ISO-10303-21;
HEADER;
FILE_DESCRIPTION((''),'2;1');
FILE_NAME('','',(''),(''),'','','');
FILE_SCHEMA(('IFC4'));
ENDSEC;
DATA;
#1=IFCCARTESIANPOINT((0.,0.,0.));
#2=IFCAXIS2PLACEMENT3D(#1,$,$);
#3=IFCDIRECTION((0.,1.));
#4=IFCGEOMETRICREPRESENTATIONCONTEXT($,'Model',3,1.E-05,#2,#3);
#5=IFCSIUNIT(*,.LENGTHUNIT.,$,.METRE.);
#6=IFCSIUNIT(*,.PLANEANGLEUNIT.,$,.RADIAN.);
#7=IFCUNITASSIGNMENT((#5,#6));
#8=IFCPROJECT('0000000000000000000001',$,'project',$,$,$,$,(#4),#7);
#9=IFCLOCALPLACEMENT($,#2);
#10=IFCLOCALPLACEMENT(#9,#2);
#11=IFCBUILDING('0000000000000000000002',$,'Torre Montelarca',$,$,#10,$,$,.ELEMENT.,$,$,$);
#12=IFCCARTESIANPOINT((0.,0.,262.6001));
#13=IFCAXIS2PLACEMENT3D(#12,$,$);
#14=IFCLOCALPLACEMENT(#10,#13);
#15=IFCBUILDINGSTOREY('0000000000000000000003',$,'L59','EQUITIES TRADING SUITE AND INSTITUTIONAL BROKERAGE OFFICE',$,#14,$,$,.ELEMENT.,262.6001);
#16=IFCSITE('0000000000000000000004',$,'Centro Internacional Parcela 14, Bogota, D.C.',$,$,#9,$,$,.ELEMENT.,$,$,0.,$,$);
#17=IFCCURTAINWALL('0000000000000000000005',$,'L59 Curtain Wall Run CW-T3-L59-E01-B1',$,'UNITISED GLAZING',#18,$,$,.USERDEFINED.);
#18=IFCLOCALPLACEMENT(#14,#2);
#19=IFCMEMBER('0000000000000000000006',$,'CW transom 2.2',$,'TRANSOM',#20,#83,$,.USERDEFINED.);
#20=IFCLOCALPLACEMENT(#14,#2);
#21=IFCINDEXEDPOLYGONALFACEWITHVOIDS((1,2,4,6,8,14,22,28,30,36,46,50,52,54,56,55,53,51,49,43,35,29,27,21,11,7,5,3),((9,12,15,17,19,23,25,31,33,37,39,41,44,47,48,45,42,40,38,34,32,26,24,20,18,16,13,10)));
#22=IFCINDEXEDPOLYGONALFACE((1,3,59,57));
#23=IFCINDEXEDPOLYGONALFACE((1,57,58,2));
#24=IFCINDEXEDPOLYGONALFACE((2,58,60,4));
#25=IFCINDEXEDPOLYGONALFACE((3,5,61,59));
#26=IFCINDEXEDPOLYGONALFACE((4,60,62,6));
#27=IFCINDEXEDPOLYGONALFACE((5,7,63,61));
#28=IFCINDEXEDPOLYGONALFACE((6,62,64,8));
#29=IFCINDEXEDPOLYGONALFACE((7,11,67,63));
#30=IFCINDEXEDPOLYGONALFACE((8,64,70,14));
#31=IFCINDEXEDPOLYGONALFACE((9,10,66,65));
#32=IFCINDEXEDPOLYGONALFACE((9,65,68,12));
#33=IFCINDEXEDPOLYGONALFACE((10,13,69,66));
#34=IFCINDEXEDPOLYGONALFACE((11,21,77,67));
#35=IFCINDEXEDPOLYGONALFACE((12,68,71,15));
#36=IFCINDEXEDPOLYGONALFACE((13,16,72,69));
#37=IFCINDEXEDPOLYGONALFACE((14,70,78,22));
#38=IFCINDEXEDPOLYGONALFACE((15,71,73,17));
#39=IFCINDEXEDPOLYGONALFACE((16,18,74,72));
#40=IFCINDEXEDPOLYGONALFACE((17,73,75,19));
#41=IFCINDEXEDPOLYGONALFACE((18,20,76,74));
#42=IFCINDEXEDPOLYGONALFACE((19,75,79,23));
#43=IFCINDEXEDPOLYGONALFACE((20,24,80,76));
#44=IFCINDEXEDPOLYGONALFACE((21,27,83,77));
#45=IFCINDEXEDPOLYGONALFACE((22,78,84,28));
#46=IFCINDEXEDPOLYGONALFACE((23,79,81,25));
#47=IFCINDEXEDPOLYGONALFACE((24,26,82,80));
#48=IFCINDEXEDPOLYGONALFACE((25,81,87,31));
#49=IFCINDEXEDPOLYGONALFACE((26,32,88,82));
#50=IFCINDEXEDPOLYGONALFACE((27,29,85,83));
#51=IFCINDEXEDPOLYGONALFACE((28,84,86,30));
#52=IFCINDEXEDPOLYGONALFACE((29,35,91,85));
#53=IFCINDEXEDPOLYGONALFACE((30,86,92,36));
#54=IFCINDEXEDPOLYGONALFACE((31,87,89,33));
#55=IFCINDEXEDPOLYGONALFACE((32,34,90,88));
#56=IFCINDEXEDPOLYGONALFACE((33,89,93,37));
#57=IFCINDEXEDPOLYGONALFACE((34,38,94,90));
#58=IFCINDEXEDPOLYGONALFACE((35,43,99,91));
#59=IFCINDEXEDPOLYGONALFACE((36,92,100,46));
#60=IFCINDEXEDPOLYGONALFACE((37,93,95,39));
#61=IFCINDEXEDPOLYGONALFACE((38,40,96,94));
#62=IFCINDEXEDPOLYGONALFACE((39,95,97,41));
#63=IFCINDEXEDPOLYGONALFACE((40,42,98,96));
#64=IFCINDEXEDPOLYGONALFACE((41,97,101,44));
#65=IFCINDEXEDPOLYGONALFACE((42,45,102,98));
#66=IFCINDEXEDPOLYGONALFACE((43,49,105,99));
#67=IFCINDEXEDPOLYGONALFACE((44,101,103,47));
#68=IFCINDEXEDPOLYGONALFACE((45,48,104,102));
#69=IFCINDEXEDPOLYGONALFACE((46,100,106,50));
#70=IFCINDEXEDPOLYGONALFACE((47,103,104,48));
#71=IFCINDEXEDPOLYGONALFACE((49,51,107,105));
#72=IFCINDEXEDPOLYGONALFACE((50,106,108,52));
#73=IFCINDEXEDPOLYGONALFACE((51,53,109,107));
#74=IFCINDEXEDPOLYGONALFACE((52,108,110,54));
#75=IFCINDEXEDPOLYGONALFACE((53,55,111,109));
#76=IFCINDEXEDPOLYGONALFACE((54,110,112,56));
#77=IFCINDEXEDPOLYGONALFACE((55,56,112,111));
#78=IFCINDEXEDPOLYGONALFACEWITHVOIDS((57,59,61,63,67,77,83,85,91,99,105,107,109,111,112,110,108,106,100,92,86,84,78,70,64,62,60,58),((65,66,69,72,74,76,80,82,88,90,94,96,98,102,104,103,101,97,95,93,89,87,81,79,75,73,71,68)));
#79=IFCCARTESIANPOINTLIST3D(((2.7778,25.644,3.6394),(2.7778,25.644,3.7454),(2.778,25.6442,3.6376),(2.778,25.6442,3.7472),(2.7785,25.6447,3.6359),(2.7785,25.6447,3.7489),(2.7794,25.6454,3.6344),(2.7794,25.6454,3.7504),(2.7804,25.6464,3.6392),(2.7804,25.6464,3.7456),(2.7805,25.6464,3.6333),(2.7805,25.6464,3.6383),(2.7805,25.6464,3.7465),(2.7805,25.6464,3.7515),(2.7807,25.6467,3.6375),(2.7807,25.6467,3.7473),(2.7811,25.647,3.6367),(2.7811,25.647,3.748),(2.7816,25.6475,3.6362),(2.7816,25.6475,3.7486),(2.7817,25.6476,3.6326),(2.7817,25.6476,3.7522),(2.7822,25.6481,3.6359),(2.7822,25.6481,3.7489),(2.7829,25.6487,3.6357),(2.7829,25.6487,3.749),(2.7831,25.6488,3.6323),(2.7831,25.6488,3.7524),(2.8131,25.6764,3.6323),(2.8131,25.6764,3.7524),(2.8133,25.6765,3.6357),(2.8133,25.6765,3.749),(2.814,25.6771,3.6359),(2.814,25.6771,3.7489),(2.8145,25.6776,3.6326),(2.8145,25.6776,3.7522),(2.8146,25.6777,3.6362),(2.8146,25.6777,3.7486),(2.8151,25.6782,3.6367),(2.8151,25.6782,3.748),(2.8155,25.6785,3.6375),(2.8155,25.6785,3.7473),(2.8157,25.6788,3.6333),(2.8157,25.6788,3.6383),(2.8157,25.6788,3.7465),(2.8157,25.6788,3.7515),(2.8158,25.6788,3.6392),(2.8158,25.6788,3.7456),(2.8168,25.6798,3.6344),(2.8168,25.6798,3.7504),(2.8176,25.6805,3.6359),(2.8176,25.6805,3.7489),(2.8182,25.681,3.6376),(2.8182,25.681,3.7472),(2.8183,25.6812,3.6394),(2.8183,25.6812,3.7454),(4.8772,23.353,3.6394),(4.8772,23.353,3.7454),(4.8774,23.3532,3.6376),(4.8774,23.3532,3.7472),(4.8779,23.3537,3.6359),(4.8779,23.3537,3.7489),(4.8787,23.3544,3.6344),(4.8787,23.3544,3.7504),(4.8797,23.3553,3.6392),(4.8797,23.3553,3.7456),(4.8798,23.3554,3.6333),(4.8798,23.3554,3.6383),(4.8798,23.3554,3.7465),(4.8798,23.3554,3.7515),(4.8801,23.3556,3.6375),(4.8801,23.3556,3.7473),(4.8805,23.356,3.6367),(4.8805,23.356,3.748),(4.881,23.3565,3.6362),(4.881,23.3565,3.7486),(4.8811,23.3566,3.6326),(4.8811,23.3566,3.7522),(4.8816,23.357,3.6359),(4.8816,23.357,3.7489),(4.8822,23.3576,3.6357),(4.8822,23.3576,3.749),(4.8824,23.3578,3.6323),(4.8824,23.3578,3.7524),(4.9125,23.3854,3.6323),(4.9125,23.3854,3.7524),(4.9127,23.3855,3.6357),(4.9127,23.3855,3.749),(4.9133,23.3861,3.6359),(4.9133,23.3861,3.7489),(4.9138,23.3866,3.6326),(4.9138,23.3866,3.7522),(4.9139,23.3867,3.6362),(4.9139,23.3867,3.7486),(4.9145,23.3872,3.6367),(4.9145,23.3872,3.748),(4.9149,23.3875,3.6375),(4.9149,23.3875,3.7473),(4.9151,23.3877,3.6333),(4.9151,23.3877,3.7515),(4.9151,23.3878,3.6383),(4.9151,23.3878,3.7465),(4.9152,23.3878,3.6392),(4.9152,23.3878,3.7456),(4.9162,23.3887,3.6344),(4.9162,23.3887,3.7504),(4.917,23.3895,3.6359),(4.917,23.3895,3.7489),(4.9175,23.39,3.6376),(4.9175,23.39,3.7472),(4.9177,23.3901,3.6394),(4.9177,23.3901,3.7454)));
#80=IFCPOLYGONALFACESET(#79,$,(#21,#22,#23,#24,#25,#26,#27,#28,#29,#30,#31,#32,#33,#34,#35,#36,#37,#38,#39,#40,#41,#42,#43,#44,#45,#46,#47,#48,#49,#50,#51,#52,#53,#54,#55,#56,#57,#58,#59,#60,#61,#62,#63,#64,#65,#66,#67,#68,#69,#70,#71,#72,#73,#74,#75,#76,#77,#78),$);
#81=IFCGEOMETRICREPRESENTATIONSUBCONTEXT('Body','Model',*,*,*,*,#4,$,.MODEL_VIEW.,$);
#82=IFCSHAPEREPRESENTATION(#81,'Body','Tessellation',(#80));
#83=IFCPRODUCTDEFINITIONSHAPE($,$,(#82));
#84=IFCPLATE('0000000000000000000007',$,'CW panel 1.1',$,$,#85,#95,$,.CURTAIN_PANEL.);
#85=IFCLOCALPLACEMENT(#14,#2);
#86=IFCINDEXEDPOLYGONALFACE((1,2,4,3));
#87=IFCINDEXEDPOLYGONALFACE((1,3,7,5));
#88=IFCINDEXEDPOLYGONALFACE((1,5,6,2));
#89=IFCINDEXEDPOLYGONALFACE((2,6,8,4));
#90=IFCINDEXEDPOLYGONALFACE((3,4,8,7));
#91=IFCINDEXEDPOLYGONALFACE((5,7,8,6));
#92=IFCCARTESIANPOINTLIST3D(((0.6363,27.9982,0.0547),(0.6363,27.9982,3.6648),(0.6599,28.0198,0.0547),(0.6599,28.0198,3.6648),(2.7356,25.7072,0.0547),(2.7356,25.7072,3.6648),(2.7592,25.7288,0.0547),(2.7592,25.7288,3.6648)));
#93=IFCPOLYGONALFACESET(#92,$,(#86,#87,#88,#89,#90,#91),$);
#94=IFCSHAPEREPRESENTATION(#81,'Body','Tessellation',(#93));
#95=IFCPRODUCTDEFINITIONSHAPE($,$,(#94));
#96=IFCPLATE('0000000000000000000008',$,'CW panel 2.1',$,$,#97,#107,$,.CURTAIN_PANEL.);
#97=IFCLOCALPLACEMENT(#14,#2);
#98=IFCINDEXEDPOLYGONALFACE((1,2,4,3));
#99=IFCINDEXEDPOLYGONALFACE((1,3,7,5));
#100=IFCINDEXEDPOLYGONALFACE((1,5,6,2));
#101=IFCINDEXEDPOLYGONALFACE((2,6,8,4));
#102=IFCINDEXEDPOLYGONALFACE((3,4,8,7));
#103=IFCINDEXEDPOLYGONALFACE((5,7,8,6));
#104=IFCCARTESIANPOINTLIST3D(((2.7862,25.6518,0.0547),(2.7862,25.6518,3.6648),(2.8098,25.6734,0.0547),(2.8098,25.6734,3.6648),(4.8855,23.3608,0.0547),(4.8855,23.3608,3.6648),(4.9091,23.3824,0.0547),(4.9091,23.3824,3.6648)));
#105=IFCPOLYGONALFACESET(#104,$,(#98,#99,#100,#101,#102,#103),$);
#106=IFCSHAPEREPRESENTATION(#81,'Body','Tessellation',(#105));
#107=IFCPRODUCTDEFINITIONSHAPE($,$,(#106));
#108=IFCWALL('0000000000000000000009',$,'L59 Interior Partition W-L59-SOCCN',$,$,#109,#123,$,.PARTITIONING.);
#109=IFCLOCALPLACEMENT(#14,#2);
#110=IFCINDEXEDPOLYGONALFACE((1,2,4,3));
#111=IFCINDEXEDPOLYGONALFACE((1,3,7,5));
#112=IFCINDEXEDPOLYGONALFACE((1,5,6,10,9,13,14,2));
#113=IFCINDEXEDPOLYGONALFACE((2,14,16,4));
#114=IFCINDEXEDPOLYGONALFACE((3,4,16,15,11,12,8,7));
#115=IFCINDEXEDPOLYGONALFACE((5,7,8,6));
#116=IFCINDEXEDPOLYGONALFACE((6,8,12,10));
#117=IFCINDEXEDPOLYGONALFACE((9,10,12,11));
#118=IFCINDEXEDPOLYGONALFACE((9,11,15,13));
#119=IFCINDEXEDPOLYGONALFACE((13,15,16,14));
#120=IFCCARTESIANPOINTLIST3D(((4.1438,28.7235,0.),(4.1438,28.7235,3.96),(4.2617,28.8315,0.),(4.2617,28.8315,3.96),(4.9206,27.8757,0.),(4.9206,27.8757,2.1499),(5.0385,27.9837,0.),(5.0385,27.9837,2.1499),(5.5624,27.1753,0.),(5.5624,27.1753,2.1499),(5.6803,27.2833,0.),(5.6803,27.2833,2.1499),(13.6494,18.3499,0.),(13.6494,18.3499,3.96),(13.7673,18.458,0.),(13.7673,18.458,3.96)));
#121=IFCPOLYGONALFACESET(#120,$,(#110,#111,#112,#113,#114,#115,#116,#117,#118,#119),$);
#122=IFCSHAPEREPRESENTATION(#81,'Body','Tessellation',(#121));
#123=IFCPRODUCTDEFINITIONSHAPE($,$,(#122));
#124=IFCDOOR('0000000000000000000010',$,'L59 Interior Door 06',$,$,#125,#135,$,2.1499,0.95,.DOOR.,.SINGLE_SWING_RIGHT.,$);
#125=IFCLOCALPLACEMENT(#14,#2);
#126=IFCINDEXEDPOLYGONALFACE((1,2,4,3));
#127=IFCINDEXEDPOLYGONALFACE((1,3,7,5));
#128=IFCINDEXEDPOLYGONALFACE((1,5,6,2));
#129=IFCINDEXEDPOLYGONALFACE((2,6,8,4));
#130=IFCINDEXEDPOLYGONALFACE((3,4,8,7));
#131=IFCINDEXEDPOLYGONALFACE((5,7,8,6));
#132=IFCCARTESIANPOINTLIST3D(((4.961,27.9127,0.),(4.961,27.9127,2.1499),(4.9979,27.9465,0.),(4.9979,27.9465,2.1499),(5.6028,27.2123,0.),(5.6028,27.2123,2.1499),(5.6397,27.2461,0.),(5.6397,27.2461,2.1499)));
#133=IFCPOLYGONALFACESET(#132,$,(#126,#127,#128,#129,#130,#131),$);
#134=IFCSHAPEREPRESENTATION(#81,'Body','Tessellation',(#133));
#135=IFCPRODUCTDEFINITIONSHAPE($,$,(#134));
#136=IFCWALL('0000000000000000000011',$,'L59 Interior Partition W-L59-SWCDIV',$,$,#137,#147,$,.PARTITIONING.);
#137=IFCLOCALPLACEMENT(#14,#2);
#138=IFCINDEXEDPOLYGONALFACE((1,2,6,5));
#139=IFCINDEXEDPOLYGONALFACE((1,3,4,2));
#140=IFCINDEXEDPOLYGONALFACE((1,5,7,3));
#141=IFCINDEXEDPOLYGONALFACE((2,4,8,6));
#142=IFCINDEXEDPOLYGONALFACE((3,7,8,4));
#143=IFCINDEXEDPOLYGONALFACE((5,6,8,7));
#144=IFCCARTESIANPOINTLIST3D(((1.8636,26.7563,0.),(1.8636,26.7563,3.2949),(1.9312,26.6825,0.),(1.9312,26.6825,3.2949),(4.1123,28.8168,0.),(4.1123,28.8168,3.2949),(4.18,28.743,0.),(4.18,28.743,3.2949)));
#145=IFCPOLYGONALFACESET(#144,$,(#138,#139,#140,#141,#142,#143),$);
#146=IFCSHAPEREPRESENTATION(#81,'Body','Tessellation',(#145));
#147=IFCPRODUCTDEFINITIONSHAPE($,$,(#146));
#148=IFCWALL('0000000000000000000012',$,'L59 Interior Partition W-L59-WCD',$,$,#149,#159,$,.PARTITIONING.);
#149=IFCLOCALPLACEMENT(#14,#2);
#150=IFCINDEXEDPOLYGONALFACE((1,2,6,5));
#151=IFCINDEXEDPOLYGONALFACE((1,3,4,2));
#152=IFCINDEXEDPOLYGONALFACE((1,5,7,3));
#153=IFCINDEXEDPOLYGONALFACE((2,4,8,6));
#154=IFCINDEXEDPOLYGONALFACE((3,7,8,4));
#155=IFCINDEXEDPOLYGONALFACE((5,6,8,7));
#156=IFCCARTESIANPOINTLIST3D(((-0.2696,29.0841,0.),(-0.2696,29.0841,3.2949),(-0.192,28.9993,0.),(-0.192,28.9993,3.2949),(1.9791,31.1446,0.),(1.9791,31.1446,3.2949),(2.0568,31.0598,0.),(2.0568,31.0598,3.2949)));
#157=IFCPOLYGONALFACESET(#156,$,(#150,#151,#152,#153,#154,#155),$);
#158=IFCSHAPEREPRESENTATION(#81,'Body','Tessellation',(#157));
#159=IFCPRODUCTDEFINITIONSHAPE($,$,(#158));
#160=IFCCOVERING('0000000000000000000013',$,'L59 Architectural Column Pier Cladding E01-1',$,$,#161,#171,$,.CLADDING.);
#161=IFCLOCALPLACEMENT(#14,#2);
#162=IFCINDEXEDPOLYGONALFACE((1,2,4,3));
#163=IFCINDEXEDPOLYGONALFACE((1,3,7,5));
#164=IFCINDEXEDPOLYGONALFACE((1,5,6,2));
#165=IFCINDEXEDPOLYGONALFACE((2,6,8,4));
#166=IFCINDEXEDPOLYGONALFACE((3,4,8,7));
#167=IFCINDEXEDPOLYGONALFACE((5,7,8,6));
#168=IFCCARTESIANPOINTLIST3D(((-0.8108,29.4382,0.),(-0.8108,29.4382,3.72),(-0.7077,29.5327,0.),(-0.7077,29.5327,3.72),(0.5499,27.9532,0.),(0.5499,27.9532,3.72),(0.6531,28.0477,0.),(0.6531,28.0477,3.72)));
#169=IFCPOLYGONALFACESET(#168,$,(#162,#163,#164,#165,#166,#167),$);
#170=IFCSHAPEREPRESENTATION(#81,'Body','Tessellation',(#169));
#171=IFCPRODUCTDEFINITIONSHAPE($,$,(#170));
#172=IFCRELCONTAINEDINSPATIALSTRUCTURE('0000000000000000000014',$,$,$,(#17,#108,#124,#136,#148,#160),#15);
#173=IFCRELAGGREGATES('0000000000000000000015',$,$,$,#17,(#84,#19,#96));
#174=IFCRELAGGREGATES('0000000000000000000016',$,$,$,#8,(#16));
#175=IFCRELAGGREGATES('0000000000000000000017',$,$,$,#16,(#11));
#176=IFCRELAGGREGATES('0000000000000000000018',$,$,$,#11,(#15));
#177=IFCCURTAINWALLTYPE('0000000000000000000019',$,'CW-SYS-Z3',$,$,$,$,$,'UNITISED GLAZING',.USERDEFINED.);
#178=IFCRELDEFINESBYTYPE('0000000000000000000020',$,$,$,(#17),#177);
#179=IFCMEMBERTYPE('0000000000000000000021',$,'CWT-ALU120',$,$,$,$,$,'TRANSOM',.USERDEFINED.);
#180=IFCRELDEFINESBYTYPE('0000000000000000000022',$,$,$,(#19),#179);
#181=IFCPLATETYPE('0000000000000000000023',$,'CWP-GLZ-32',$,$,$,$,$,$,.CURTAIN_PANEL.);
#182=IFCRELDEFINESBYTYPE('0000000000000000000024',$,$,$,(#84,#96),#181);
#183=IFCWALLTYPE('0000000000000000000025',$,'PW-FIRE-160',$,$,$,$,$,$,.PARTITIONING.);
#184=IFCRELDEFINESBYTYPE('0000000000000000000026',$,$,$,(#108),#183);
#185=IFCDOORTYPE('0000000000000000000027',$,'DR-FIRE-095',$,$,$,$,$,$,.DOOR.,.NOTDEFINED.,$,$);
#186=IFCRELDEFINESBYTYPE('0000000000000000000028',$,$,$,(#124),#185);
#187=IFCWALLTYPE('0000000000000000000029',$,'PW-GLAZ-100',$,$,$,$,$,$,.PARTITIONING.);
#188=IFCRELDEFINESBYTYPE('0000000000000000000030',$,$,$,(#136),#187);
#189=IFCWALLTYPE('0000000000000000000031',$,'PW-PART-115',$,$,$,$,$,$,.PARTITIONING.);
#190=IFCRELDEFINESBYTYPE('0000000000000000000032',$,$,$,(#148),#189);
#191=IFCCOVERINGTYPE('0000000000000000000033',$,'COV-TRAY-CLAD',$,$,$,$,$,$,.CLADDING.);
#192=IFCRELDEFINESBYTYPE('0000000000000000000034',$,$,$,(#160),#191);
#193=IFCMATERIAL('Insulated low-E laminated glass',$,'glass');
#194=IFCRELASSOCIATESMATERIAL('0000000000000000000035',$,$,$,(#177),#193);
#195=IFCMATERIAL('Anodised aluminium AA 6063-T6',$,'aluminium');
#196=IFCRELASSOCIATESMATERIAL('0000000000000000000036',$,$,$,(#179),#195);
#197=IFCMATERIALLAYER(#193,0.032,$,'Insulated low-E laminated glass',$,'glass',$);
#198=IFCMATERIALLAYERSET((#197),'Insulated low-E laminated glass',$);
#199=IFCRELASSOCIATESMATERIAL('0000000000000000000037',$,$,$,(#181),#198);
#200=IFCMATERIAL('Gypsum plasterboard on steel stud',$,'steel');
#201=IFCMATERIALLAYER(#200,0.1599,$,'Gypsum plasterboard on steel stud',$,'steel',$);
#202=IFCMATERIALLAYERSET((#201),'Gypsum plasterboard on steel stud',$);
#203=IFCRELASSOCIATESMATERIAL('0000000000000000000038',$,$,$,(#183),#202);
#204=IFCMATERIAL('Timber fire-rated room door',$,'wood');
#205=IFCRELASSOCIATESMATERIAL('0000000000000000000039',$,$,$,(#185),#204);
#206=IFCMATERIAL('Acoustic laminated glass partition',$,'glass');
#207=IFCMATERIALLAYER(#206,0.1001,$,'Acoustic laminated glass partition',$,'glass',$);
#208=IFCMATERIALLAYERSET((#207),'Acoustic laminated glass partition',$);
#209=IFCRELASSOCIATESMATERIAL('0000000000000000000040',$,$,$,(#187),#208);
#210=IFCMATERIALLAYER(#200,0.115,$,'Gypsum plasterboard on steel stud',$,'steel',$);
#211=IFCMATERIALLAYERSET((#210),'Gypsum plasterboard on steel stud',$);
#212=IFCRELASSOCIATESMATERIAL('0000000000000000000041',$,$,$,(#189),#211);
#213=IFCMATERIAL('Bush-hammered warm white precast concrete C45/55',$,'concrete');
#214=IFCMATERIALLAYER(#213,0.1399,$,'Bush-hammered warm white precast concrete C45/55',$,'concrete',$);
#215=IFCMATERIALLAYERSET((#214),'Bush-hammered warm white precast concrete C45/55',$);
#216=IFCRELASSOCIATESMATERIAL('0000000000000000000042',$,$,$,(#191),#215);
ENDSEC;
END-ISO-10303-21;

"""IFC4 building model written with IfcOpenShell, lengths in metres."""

from ifc_helpers import new_model, si_unit, direction, frame, frame_2d, origin, origin_2d, place, context, subcontext, project, spatial, rectangle, hollow_rectangle, extrude, source, transform, mapped, material, layer, layer_set, material_profile, profile_set, type_object, element, fill, aggregate, save


model = new_model("IFC4")

# Units and contexts
model_context = context("Model", 3, precision=1e-05, world=origin(), true_north=direction((0.0, 1.0)))
body_context = subcontext(model_context, "Body", "Model", "MODEL_VIEW")
ifc_project = project(units=[si_unit("LENGTHUNIT", "METRE"), si_unit("PLANEANGLEUNIT", "RADIAN")], contexts=[model_context])

# Site, building, storey
site_placement = place(None, origin())
site = spatial("IfcSite", under=ifc_project, at=site_placement, Name="Centro Internacional Parcela 14, Bogota, D.C.", CompositionType="ELEMENT", RefElevation=0.0)
building_placement = place(site_placement, origin())
building = spatial("IfcBuilding", under=site, at=building_placement, Name="Torre Montelarca", CompositionType="ELEMENT")
storey_placement = place(building_placement, frame((0.0, 0.0, 262.6001)))
storey = spatial("IfcBuildingStorey", under=building, at=storey_placement, Name="L59", Description="EQUITIES TRADING SUITE AND INSTITUTIONAL BROKERAGE OFFICE", CompositionType="ELEMENT", Elevation=262.6001)

# Curtain wall, member, plates
ifc_material_1 = material(Name="Insulated low-E laminated glass", Category="glass")
curtain_wall_type = type_object("IfcCurtainWallType", Name="CW-SYS-Z3", ElementType="UNITISED GLAZING", PredefinedType="USERDEFINED", material=ifc_material_1)
curtain_wall_placement = place(storey_placement, origin())
curtain_wall = element("IfcCurtainWall", 1, at=curtain_wall_placement, inside=storey, type_object=curtain_wall_type, Name="L59 Curtain Wall Run CW-T3-L59-E01-B1", ObjectType="UNITISED GLAZING", PredefinedType="USERDEFINED")
ifc_material_2 = material(Name="Anodised aluminium AA 6063-T6", Category="aluminium")
ifc_material_profile_1 = material_profile(ifc_material_2, hollow_rectangle(XDim=0.0549, YDim=0.1201, WallThickness=0.0034, InnerFilletRadius=0.0034, OuterFilletRadius=0.0071, at=origin_2d()), Name="ALU55X120X3.5", Category="aluminium")
ifc_profile_set_1 = profile_set([ifc_material_profile_1], Name="Anodised aluminium AA 6063-T6")
member_type_1 = type_object("IfcMemberType", Name="CWT-ALU120", ElementType="TRANSOM", PredefinedType="USERDEFINED", material=ifc_profile_set_1)
shared_shape_1 = source(origin(), body_context, "Body", "SweptSolid", [
    extrude(hollow_rectangle(XDim=0.0549, YDim=0.1201, WallThickness=0.0034, InnerFilletRadius=0.0034, OuterFilletRadius=0.0071, at=origin_2d()), origin(), (0.0, 0.0, 1.0), 3.1074),
])
member_1_placement = place(storey_placement, frame((2.7981, 25.6626, 3.6924), z_axis=(0.675597, -0.737272, 0.0), x_axis=(0.737272, 0.675597, 0.0)))
member_1 = element("IfcMember", 2, at=member_1_placement, type_object=member_type_1, Name="CW transom 2.2", ObjectType="TRANSOM", PredefinedType="USERDEFINED", context=body_context, shape_type="MappedRepresentation", body=[
    mapped(shared_shape_1, transform((0.0, 0.0, 0.0), scale=1.0)),
])
ifc_layer_1 = layer(ifc_material_1, 0.032, Name="Insulated low-E laminated glass", Category="glass")
ifc_layer_set_1 = layer_set([ifc_layer_1], Name="Insulated low-E laminated glass")
plate_type = type_object("IfcPlateType", Name="CWP-GLZ-32", PredefinedType="CURTAIN_PANEL", material=ifc_layer_set_1)
shared_shape_2 = source(origin(), body_context, "Body", "SweptSolid", [
    extrude(rectangle(XDim=3.1074, YDim=0.032, at=origin_2d()), origin(), (0.0, 0.0, 1.0), 3.6101),
])
plate_1_placement = place(storey_placement, frame((1.6978, 26.8635, 0.0547), z_axis=(0.0, 0.0, 1.0), x_axis=(0.675588, -0.73728, 0.0)))
plate_1 = element("IfcPlate", 3, at=plate_1_placement, type_object=plate_type, Name="CW panel 1.1", PredefinedType="CURTAIN_PANEL", context=body_context, shape_type="MappedRepresentation", body=[
    mapped(shared_shape_2, transform((0.0, 0.0, 0.0), scale=1.0)),
])
plate_2_placement = place(storey_placement, frame((3.8477, 24.5171, 0.0547), z_axis=(0.0, 0.0, 1.0), x_axis=(0.675588, -0.73728, 0.0)))
plate_2 = element("IfcPlate", 4, at=plate_2_placement, type_object=plate_type, Name="CW panel 2.1", PredefinedType="CURTAIN_PANEL", context=body_context, shape_type="MappedRepresentation", body=[
    mapped(shared_shape_2, transform((0.0, 0.0, 0.0), scale=1.0)),
])
aggregate(curtain_wall, [plate_1, member_1, plate_2])

# Wall, opening, door
ifc_material_3 = material(Name="Gypsum plasterboard on steel stud", Category="steel")
ifc_layer_2 = layer(ifc_material_3, 0.1599, Name="Gypsum plasterboard on steel stud", Category="steel")
ifc_layer_set_2 = layer_set([ifc_layer_2], Name="Gypsum plasterboard on steel stud")
wall_type_1 = type_object("IfcWallType", Name="PW-FIRE-160", PredefinedType="PARTITIONING", material=ifc_layer_set_2)
wall_1_placement = place(storey_placement, frame((4.2026, 28.7776, 0.0), z_axis=(0.0, 0.0, 1.0), x_axis=(0.675591, -0.737277, 0.0)))
wall_1 = element("IfcWall", 5, at=wall_1_placement, inside=storey, type_object=wall_type_1, Name="L59 Interior Partition W-L59-SOCCN", PredefinedType="PARTITIONING", context=body_context, shape_type="SweptSolid", body=[
    extrude(rectangle(XDim=14.0701, YDim=0.1599, at=frame_2d((7.0352, 0.0))), origin(), (0.0, 0.0, 1.0), 3.96),
])
opening_placement = place(wall_1_placement, frame((1.1499, 0.0, 0.0)))
opening = element("IfcOpeningElement", 6, at=opening_placement, cuts=wall_1, PredefinedType="OPENING", context=body_context, shape_type="SweptSolid", body=[
    extrude(rectangle(XDim=0.95, YDim=2.1499, at=frame_2d((0.4751, 1.075))), frame((0.0, 0.0898, 0.0), z_axis=(0.0, -1.0, 0.0), x_axis=(1.0, 0.0, 0.0)), (0.0, 0.0, 1.0), 0.1799),
])
ifc_material_4 = material(Name="Timber fire-rated room door", Category="wood")
door_type = type_object("IfcDoorType", Name="DR-FIRE-095", OperationType="NOTDEFINED", PredefinedType="DOOR", material=ifc_material_4)
shared_shape_3 = source(origin(), body_context, "Body", "SweptSolid", [
    extrude(rectangle(XDim=0.95, YDim=2.1499, at=frame_2d((0.4751, 1.075))), frame((0.0, 0.0249, 0.0), z_axis=(0.0, -1.0, 0.0), x_axis=(1.0, 0.0, 0.0)), (0.0, 0.0, 1.0), 0.05),
])
door_placement = place(opening_placement, origin())
door = element("IfcDoor", 7, at=door_placement, inside=storey, type_object=door_type, Name="L59 Interior Door 06", OperationType="SINGLE_SWING_RIGHT", OverallHeight=2.1499, OverallWidth=0.95, PredefinedType="DOOR", context=body_context, shape_type="MappedRepresentation", body=[
    mapped(shared_shape_3, transform((0.0, 0.0, 0.0), scale=1.0)),
])
fill(opening, door)

# Walls
ifc_material_5 = material(Name="Acoustic laminated glass partition", Category="glass")
ifc_layer_3 = layer(ifc_material_5, 0.1001, Name="Acoustic laminated glass partition", Category="glass")
ifc_layer_set_3 = layer_set([ifc_layer_3], Name="Acoustic laminated glass partition")
wall_type_2 = type_object("IfcWallType", Name="PW-GLAZ-100", PredefinedType="PARTITIONING", material=ifc_layer_set_3)
wall_2_placement = place(storey_placement, frame((1.8975, 26.7195, 0.0), z_axis=(0.0, 0.0, 1.0), x_axis=(0.73729, 0.675576, 0.0)))
element("IfcWall", 8, at=wall_2_placement, inside=storey, type_object=wall_type_2, Name="L59 Interior Partition W-L59-SWCDIV", PredefinedType="PARTITIONING", context=body_context, shape_type="SweptSolid", body=[
    extrude(rectangle(XDim=3.05, YDim=0.1001, at=frame_2d((1.5249, 0.0))), origin(), (0.0, 0.0, 1.0), 3.2949),
])
ifc_layer_4 = layer(ifc_material_3, 0.115, Name="Gypsum plasterboard on steel stud", Category="steel")
ifc_layer_set_4 = layer_set([ifc_layer_4], Name="Gypsum plasterboard on steel stud")
wall_type_3 = type_object("IfcWallType", Name="PW-PART-115", PredefinedType="PARTITIONING", material=ifc_layer_set_4)
wall_3_placement = place(storey_placement, frame((-0.2307, 29.0417, 0.0), z_axis=(0.0, 0.0, 1.0), x_axis=(0.73729, 0.675576, 0.0)))
element("IfcWall", 9, at=wall_3_placement, inside=storey, type_object=wall_type_3, Name="L59 Interior Partition W-L59-WCD", PredefinedType="PARTITIONING", context=body_context, shape_type="SweptSolid", body=[
    extrude(rectangle(XDim=3.05, YDim=0.115, at=frame_2d((1.5249, 0.0))), origin(), (0.0, 0.0, 1.0), 3.2949),
])

# Covering
ifc_material_6 = material(Name="Bush-hammered warm white precast concrete C45/55", Category="concrete")
ifc_layer_5 = layer(ifc_material_6, 0.1399, Name="Bush-hammered warm white precast concrete C45/55", Category="concrete")
ifc_layer_set_5 = layer_set([ifc_layer_5], Name="Bush-hammered warm white precast concrete C45/55")
covering_type = type_object("IfcCoveringType", Name="COV-TRAY-CLAD", PredefinedType="CLADDING", material=ifc_layer_set_5)
shared_shape_4 = source(origin(), body_context, "Body", "SweptSolid", [
    extrude(rectangle(XDim=2.0142, YDim=0.1399, at=origin_2d()), origin(), (0.0, 0.0, 1.0), 3.72),
])
covering_1_placement = place(storey_placement, frame((-0.0789, 28.7429, 0.0), z_axis=(0.0, 0.0, 1.0), x_axis=(0.67559, -0.737277, 0.0)))
element("IfcCovering", 10, at=covering_1_placement, inside=storey, type_object=covering_type, Name="L59 Architectural Column Pier Cladding E01-1", PredefinedType="CLADDING", context=body_context, shape_type="MappedRepresentation", body=[
    mapped(shared_shape_4, transform((0.0, 0.0, 0.0), scale=1.0)),
])

save(model, "model.ifc")
